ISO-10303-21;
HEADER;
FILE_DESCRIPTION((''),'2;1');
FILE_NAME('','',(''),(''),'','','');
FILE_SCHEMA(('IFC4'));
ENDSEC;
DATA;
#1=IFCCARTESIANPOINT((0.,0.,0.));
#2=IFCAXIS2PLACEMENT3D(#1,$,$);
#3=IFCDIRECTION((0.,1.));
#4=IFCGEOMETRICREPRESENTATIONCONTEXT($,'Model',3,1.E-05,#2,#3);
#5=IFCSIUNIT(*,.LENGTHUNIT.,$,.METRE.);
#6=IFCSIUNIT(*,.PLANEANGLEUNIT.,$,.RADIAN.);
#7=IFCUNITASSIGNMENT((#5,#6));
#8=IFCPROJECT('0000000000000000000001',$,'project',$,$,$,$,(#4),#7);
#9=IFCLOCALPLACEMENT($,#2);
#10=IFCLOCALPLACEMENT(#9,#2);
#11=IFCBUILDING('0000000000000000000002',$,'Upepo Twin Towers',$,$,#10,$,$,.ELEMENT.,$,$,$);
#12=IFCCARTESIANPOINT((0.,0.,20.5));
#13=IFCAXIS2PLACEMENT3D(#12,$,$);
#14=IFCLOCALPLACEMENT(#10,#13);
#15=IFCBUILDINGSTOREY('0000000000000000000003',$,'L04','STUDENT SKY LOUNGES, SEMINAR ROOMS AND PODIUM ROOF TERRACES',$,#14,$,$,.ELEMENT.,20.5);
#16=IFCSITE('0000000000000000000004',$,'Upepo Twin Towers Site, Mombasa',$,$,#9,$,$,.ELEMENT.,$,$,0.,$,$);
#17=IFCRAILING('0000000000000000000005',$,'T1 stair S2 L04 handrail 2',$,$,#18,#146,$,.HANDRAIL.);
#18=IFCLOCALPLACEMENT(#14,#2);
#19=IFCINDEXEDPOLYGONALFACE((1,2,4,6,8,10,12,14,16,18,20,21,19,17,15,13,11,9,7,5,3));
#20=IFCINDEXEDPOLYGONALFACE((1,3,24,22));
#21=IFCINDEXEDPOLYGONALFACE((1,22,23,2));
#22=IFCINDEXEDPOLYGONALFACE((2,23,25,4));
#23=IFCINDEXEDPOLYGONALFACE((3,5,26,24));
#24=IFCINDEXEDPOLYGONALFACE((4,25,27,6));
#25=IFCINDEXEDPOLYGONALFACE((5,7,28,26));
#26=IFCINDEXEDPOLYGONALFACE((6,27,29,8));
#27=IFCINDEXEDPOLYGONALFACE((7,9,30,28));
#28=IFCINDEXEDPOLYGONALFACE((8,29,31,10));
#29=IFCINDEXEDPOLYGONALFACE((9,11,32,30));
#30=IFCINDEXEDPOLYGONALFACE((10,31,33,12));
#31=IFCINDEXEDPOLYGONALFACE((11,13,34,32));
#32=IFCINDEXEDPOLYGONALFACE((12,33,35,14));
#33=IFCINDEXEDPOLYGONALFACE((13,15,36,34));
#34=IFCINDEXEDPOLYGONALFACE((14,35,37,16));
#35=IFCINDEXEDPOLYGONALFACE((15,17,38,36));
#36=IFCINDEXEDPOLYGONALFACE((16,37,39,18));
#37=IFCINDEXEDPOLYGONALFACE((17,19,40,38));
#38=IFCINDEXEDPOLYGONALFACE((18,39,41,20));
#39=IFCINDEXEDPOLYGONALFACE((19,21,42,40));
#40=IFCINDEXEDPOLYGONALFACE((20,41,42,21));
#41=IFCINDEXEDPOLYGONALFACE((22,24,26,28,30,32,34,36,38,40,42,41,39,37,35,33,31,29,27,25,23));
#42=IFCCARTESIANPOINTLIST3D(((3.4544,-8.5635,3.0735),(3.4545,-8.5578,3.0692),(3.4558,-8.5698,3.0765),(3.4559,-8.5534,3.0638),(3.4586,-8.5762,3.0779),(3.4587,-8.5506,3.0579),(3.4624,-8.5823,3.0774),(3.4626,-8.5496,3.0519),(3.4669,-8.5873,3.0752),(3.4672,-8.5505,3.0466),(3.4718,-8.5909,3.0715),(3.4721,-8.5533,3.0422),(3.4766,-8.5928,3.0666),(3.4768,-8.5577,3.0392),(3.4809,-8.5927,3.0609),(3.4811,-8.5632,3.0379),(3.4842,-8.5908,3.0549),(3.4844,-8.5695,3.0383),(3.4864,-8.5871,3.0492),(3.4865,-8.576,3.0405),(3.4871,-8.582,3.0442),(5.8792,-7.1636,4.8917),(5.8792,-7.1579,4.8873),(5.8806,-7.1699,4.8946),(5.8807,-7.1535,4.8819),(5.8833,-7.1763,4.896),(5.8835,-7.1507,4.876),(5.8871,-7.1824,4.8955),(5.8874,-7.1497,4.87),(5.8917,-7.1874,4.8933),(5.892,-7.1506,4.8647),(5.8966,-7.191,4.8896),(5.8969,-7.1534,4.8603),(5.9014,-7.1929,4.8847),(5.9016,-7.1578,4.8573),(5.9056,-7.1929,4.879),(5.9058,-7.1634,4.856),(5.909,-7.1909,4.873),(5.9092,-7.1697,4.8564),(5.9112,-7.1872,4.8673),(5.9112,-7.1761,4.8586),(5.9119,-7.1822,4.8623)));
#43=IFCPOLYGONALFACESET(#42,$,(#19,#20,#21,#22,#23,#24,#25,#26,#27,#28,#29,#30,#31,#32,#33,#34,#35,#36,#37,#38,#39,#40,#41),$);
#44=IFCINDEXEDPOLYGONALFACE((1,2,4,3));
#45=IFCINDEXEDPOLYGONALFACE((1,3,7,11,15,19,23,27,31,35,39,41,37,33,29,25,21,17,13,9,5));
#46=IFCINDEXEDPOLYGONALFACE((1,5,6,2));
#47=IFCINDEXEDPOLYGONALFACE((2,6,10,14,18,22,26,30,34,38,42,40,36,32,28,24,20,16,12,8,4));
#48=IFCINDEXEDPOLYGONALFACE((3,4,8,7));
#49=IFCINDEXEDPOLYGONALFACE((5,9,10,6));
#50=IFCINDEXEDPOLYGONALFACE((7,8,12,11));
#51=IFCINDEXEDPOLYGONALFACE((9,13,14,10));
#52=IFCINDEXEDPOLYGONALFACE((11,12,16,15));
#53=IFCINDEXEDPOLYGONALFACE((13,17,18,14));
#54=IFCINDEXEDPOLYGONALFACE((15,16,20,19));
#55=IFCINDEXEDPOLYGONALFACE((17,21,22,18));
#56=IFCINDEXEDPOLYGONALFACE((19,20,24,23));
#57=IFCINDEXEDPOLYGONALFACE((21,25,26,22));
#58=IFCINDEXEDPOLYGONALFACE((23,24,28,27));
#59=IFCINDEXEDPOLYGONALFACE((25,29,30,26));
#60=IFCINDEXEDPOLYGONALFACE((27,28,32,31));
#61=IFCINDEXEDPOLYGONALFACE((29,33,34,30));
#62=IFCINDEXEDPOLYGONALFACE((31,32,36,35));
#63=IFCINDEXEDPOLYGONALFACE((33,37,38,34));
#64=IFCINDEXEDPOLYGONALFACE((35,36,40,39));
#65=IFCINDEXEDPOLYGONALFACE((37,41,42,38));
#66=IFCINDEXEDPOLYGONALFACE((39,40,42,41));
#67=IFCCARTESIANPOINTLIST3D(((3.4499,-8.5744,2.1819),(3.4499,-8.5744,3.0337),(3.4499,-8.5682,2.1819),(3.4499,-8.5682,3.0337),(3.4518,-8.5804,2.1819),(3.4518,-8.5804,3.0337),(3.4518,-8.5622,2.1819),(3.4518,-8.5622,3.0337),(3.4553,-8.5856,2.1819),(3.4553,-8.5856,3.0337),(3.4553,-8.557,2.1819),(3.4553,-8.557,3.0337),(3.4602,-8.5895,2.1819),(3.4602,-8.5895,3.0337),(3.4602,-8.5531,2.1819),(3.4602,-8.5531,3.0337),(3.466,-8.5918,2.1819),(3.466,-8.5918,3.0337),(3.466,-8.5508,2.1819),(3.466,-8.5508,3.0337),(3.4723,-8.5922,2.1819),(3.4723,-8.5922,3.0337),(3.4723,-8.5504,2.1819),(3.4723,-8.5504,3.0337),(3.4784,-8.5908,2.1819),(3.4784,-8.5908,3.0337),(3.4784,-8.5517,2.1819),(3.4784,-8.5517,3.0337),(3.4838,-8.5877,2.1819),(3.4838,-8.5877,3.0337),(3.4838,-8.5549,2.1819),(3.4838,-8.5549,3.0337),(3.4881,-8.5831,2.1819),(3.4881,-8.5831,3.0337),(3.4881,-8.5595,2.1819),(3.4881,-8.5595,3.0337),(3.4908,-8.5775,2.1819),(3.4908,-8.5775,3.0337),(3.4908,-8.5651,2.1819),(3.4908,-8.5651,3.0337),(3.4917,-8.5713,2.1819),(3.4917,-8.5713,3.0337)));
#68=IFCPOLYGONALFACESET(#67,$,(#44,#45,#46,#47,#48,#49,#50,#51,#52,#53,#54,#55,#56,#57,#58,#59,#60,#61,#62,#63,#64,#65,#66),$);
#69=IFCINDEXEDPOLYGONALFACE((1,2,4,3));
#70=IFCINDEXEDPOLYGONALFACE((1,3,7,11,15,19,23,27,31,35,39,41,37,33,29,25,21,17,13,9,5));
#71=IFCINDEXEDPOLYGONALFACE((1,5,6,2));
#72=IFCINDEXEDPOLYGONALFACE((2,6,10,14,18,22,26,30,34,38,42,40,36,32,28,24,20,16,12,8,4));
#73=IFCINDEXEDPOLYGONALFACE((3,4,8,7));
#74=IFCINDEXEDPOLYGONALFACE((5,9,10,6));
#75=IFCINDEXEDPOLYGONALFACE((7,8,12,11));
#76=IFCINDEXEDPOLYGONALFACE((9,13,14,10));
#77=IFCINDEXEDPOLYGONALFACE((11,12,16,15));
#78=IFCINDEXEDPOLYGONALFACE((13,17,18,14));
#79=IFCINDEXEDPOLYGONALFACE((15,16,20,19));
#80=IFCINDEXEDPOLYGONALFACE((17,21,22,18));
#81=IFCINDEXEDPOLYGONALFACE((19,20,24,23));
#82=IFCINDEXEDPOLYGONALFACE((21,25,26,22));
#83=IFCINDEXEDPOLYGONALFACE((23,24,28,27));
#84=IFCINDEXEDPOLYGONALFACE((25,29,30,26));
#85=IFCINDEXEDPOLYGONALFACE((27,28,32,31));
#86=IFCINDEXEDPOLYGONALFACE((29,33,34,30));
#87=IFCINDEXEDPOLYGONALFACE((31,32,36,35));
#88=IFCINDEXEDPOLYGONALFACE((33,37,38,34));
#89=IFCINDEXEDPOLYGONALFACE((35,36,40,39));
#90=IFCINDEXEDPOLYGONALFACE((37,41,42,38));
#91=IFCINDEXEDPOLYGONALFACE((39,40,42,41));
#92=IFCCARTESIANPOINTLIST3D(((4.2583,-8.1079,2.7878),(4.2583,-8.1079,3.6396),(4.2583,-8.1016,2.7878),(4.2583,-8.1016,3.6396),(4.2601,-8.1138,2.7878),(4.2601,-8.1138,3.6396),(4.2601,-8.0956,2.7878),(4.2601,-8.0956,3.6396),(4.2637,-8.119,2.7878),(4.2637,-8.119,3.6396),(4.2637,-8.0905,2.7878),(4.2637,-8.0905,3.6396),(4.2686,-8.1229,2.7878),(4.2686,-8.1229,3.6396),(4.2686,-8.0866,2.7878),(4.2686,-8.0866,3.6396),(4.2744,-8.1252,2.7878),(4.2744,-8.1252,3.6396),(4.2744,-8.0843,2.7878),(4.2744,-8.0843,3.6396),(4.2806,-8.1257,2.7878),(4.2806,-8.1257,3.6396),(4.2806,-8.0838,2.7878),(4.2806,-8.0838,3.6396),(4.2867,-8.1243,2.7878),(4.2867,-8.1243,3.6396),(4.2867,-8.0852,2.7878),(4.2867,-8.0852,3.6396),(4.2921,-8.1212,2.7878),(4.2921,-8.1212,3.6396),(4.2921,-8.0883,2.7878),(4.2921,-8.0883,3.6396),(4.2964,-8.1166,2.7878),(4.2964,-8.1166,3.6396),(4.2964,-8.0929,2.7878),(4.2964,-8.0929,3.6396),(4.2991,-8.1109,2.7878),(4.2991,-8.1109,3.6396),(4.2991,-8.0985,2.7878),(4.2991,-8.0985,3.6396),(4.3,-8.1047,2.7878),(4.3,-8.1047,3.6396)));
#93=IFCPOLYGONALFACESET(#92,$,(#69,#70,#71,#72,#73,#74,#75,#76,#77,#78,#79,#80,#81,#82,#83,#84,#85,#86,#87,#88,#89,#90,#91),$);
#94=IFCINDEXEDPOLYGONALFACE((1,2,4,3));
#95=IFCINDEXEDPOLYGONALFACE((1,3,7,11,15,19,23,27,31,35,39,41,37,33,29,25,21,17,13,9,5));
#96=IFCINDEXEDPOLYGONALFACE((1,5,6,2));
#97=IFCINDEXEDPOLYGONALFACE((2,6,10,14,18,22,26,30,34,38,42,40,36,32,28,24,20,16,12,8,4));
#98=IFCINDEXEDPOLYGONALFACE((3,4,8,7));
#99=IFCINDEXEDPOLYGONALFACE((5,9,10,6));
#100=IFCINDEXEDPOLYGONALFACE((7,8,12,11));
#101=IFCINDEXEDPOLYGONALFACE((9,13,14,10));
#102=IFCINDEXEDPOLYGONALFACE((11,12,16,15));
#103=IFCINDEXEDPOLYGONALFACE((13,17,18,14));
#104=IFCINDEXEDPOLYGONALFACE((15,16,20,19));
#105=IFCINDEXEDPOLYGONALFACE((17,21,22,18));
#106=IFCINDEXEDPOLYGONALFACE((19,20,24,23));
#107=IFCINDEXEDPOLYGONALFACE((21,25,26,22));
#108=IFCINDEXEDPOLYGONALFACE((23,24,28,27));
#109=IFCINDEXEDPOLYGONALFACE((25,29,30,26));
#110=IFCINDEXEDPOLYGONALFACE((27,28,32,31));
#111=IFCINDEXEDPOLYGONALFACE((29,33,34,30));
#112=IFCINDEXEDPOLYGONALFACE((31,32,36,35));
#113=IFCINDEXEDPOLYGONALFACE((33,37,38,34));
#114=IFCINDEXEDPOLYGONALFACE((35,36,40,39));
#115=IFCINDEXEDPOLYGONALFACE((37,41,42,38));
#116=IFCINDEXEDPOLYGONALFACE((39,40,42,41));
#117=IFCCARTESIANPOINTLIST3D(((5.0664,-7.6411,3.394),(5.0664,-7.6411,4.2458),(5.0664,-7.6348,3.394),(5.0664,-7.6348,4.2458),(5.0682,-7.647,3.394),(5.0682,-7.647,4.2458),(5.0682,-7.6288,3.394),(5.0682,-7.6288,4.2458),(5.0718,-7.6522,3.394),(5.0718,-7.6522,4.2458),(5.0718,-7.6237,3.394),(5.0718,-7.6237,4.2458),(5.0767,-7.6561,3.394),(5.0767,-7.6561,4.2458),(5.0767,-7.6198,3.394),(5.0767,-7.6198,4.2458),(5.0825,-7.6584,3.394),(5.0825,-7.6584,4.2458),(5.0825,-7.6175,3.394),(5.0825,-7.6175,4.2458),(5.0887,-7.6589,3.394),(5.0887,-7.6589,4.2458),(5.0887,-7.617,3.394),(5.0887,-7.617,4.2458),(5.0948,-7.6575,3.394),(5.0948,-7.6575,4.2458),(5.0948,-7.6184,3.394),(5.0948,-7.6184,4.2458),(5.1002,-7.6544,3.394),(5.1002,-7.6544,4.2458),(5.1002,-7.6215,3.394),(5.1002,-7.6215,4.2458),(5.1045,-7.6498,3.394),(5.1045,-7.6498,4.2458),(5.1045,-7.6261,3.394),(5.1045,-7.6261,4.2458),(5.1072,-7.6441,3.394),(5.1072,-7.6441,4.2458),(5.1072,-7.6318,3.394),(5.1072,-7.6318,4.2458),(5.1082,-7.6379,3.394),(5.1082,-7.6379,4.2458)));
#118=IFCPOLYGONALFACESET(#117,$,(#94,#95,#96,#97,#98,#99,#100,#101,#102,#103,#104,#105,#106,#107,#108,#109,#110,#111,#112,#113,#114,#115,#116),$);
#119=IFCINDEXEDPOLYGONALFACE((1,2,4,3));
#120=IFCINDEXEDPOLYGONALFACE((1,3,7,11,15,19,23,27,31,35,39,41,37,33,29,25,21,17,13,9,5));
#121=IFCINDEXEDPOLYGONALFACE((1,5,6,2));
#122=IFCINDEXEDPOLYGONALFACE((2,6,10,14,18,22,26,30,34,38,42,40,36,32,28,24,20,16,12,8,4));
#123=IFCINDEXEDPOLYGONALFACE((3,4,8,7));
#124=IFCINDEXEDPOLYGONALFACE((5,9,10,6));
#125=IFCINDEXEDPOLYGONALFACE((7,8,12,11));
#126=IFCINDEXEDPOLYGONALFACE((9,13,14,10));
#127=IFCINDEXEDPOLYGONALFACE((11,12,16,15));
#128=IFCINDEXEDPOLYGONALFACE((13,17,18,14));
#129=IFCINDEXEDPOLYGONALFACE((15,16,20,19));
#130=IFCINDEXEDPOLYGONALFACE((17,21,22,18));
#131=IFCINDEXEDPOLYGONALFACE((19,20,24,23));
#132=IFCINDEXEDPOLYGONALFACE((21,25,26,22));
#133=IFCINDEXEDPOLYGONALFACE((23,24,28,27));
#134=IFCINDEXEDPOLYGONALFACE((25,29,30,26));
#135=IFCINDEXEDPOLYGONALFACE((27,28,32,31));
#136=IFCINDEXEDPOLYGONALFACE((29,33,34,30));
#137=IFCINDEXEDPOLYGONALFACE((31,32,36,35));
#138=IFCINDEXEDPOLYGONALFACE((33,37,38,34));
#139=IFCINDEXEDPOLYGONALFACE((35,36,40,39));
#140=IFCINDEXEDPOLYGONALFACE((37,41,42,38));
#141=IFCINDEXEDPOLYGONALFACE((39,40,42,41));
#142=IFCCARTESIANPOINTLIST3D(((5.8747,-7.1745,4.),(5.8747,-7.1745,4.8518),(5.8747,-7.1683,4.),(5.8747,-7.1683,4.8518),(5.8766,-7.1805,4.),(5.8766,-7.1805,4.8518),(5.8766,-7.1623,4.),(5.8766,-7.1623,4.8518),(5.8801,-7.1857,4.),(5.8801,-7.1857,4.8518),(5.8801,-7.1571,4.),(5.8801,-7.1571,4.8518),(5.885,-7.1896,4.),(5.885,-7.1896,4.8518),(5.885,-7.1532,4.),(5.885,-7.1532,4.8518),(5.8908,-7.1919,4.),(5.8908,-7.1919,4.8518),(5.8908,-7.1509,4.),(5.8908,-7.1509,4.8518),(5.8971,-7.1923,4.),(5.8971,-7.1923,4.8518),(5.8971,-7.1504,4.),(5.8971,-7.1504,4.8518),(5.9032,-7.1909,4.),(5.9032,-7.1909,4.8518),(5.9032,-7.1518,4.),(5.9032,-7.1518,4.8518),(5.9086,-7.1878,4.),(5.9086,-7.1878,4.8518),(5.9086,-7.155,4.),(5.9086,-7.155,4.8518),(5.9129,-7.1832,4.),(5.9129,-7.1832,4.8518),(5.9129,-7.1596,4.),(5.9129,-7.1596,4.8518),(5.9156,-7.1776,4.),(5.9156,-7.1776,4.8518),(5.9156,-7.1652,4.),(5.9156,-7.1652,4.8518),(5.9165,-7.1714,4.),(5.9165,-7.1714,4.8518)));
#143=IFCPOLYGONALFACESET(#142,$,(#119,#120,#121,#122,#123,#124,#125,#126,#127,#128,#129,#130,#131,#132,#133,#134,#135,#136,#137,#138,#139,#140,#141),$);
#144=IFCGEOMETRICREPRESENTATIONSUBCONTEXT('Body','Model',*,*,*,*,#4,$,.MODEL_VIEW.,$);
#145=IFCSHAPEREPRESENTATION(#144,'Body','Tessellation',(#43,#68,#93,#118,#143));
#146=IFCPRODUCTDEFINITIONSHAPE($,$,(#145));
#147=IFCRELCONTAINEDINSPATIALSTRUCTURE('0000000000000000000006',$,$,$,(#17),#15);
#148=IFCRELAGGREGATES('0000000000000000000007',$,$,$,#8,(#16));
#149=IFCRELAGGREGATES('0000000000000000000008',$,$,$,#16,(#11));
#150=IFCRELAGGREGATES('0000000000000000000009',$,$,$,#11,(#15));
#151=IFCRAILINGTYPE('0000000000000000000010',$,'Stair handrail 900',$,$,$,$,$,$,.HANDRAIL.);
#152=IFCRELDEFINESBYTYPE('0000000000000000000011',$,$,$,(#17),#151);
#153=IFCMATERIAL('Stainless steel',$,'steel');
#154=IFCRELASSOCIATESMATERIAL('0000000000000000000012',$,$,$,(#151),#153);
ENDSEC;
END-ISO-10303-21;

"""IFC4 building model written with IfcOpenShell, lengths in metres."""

from ifc_helpers import new_model, si_unit, direction, frame, origin, origin_2d, place, context, subcontext, project, spatial, circle, extrude, material, type_object, element, save


model = new_model("IFC4")

# Units and contexts
model_context = context("Model", 3, precision=1e-05, world=origin(), true_north=direction((0.0, 1.0)))
body_context = subcontext(model_context, "Body", "Model", "MODEL_VIEW")
ifc_project = project(units=[si_unit("LENGTHUNIT", "METRE"), si_unit("PLANEANGLEUNIT", "RADIAN")], contexts=[model_context])

# Site, building, storey
site_placement = place(None, origin())
site = spatial("IfcSite", under=ifc_project, at=site_placement, Name="Upepo Twin Towers Site, Mombasa", CompositionType="ELEMENT", RefElevation=0.0)
building_placement = place(site_placement, origin())
building = spatial("IfcBuilding", under=site, at=building_placement, Name="Upepo Twin Towers", CompositionType="ELEMENT")
storey_placement = place(building_placement, frame((0.0, 0.0, 20.5)))
storey = spatial("IfcBuildingStorey", under=building, at=storey_placement, Name="L04", Description="STUDENT SKY LOUNGES, SEMINAR ROOMS AND PODIUM ROOF TERRACES", CompositionType="ELEMENT", Elevation=20.5)

# Railing
ifc_material_1 = material(Name="Stainless steel", Category="steel")
railing_type_1 = type_object("IfcRailingType", Name="Stair handrail 900", PredefinedType="HANDRAIL", material=ifc_material_1)
railing_1_placement = place(storey_placement, frame((3.4707, -8.5713, 2.1819)))
element("IfcRailing", 1, at=railing_1_placement, inside=storey, type_object=railing_type_1, Name="T1 stair S2 L04 handrail 2", PredefinedType="HANDRAIL", context=body_context, shape_type="SweptSolid", body=[
    extrude(circle(Radius=0.0239, at=origin_2d()), frame((0.0, 0.0, 0.876), z_axis=(0.726336, 0.419333, 0.544606), x_axis=(-0.499984, 0.866035, 0.0)), (0.0, 0.0, 1.0), 3.3384),
    extrude(circle(Radius=0.021, at=origin_2d()), origin(), (0.0, 0.0, 1.0), 0.8518),
    extrude(circle(Radius=0.021, at=origin_2d()), frame((0.8083, 0.4666, 0.606)), (0.0, 0.0, 1.0), 0.8518),
    extrude(circle(Radius=0.021, at=origin_2d()), frame((1.6165, 0.9333, 1.2122)), (0.0, 0.0, 1.0), 0.8518),
    extrude(circle(Radius=0.021, at=origin_2d()), frame((2.4248, 1.3999, 1.8181)), (0.0, 0.0, 1.0), 0.8518),
])

save(model, "model.ifc")
